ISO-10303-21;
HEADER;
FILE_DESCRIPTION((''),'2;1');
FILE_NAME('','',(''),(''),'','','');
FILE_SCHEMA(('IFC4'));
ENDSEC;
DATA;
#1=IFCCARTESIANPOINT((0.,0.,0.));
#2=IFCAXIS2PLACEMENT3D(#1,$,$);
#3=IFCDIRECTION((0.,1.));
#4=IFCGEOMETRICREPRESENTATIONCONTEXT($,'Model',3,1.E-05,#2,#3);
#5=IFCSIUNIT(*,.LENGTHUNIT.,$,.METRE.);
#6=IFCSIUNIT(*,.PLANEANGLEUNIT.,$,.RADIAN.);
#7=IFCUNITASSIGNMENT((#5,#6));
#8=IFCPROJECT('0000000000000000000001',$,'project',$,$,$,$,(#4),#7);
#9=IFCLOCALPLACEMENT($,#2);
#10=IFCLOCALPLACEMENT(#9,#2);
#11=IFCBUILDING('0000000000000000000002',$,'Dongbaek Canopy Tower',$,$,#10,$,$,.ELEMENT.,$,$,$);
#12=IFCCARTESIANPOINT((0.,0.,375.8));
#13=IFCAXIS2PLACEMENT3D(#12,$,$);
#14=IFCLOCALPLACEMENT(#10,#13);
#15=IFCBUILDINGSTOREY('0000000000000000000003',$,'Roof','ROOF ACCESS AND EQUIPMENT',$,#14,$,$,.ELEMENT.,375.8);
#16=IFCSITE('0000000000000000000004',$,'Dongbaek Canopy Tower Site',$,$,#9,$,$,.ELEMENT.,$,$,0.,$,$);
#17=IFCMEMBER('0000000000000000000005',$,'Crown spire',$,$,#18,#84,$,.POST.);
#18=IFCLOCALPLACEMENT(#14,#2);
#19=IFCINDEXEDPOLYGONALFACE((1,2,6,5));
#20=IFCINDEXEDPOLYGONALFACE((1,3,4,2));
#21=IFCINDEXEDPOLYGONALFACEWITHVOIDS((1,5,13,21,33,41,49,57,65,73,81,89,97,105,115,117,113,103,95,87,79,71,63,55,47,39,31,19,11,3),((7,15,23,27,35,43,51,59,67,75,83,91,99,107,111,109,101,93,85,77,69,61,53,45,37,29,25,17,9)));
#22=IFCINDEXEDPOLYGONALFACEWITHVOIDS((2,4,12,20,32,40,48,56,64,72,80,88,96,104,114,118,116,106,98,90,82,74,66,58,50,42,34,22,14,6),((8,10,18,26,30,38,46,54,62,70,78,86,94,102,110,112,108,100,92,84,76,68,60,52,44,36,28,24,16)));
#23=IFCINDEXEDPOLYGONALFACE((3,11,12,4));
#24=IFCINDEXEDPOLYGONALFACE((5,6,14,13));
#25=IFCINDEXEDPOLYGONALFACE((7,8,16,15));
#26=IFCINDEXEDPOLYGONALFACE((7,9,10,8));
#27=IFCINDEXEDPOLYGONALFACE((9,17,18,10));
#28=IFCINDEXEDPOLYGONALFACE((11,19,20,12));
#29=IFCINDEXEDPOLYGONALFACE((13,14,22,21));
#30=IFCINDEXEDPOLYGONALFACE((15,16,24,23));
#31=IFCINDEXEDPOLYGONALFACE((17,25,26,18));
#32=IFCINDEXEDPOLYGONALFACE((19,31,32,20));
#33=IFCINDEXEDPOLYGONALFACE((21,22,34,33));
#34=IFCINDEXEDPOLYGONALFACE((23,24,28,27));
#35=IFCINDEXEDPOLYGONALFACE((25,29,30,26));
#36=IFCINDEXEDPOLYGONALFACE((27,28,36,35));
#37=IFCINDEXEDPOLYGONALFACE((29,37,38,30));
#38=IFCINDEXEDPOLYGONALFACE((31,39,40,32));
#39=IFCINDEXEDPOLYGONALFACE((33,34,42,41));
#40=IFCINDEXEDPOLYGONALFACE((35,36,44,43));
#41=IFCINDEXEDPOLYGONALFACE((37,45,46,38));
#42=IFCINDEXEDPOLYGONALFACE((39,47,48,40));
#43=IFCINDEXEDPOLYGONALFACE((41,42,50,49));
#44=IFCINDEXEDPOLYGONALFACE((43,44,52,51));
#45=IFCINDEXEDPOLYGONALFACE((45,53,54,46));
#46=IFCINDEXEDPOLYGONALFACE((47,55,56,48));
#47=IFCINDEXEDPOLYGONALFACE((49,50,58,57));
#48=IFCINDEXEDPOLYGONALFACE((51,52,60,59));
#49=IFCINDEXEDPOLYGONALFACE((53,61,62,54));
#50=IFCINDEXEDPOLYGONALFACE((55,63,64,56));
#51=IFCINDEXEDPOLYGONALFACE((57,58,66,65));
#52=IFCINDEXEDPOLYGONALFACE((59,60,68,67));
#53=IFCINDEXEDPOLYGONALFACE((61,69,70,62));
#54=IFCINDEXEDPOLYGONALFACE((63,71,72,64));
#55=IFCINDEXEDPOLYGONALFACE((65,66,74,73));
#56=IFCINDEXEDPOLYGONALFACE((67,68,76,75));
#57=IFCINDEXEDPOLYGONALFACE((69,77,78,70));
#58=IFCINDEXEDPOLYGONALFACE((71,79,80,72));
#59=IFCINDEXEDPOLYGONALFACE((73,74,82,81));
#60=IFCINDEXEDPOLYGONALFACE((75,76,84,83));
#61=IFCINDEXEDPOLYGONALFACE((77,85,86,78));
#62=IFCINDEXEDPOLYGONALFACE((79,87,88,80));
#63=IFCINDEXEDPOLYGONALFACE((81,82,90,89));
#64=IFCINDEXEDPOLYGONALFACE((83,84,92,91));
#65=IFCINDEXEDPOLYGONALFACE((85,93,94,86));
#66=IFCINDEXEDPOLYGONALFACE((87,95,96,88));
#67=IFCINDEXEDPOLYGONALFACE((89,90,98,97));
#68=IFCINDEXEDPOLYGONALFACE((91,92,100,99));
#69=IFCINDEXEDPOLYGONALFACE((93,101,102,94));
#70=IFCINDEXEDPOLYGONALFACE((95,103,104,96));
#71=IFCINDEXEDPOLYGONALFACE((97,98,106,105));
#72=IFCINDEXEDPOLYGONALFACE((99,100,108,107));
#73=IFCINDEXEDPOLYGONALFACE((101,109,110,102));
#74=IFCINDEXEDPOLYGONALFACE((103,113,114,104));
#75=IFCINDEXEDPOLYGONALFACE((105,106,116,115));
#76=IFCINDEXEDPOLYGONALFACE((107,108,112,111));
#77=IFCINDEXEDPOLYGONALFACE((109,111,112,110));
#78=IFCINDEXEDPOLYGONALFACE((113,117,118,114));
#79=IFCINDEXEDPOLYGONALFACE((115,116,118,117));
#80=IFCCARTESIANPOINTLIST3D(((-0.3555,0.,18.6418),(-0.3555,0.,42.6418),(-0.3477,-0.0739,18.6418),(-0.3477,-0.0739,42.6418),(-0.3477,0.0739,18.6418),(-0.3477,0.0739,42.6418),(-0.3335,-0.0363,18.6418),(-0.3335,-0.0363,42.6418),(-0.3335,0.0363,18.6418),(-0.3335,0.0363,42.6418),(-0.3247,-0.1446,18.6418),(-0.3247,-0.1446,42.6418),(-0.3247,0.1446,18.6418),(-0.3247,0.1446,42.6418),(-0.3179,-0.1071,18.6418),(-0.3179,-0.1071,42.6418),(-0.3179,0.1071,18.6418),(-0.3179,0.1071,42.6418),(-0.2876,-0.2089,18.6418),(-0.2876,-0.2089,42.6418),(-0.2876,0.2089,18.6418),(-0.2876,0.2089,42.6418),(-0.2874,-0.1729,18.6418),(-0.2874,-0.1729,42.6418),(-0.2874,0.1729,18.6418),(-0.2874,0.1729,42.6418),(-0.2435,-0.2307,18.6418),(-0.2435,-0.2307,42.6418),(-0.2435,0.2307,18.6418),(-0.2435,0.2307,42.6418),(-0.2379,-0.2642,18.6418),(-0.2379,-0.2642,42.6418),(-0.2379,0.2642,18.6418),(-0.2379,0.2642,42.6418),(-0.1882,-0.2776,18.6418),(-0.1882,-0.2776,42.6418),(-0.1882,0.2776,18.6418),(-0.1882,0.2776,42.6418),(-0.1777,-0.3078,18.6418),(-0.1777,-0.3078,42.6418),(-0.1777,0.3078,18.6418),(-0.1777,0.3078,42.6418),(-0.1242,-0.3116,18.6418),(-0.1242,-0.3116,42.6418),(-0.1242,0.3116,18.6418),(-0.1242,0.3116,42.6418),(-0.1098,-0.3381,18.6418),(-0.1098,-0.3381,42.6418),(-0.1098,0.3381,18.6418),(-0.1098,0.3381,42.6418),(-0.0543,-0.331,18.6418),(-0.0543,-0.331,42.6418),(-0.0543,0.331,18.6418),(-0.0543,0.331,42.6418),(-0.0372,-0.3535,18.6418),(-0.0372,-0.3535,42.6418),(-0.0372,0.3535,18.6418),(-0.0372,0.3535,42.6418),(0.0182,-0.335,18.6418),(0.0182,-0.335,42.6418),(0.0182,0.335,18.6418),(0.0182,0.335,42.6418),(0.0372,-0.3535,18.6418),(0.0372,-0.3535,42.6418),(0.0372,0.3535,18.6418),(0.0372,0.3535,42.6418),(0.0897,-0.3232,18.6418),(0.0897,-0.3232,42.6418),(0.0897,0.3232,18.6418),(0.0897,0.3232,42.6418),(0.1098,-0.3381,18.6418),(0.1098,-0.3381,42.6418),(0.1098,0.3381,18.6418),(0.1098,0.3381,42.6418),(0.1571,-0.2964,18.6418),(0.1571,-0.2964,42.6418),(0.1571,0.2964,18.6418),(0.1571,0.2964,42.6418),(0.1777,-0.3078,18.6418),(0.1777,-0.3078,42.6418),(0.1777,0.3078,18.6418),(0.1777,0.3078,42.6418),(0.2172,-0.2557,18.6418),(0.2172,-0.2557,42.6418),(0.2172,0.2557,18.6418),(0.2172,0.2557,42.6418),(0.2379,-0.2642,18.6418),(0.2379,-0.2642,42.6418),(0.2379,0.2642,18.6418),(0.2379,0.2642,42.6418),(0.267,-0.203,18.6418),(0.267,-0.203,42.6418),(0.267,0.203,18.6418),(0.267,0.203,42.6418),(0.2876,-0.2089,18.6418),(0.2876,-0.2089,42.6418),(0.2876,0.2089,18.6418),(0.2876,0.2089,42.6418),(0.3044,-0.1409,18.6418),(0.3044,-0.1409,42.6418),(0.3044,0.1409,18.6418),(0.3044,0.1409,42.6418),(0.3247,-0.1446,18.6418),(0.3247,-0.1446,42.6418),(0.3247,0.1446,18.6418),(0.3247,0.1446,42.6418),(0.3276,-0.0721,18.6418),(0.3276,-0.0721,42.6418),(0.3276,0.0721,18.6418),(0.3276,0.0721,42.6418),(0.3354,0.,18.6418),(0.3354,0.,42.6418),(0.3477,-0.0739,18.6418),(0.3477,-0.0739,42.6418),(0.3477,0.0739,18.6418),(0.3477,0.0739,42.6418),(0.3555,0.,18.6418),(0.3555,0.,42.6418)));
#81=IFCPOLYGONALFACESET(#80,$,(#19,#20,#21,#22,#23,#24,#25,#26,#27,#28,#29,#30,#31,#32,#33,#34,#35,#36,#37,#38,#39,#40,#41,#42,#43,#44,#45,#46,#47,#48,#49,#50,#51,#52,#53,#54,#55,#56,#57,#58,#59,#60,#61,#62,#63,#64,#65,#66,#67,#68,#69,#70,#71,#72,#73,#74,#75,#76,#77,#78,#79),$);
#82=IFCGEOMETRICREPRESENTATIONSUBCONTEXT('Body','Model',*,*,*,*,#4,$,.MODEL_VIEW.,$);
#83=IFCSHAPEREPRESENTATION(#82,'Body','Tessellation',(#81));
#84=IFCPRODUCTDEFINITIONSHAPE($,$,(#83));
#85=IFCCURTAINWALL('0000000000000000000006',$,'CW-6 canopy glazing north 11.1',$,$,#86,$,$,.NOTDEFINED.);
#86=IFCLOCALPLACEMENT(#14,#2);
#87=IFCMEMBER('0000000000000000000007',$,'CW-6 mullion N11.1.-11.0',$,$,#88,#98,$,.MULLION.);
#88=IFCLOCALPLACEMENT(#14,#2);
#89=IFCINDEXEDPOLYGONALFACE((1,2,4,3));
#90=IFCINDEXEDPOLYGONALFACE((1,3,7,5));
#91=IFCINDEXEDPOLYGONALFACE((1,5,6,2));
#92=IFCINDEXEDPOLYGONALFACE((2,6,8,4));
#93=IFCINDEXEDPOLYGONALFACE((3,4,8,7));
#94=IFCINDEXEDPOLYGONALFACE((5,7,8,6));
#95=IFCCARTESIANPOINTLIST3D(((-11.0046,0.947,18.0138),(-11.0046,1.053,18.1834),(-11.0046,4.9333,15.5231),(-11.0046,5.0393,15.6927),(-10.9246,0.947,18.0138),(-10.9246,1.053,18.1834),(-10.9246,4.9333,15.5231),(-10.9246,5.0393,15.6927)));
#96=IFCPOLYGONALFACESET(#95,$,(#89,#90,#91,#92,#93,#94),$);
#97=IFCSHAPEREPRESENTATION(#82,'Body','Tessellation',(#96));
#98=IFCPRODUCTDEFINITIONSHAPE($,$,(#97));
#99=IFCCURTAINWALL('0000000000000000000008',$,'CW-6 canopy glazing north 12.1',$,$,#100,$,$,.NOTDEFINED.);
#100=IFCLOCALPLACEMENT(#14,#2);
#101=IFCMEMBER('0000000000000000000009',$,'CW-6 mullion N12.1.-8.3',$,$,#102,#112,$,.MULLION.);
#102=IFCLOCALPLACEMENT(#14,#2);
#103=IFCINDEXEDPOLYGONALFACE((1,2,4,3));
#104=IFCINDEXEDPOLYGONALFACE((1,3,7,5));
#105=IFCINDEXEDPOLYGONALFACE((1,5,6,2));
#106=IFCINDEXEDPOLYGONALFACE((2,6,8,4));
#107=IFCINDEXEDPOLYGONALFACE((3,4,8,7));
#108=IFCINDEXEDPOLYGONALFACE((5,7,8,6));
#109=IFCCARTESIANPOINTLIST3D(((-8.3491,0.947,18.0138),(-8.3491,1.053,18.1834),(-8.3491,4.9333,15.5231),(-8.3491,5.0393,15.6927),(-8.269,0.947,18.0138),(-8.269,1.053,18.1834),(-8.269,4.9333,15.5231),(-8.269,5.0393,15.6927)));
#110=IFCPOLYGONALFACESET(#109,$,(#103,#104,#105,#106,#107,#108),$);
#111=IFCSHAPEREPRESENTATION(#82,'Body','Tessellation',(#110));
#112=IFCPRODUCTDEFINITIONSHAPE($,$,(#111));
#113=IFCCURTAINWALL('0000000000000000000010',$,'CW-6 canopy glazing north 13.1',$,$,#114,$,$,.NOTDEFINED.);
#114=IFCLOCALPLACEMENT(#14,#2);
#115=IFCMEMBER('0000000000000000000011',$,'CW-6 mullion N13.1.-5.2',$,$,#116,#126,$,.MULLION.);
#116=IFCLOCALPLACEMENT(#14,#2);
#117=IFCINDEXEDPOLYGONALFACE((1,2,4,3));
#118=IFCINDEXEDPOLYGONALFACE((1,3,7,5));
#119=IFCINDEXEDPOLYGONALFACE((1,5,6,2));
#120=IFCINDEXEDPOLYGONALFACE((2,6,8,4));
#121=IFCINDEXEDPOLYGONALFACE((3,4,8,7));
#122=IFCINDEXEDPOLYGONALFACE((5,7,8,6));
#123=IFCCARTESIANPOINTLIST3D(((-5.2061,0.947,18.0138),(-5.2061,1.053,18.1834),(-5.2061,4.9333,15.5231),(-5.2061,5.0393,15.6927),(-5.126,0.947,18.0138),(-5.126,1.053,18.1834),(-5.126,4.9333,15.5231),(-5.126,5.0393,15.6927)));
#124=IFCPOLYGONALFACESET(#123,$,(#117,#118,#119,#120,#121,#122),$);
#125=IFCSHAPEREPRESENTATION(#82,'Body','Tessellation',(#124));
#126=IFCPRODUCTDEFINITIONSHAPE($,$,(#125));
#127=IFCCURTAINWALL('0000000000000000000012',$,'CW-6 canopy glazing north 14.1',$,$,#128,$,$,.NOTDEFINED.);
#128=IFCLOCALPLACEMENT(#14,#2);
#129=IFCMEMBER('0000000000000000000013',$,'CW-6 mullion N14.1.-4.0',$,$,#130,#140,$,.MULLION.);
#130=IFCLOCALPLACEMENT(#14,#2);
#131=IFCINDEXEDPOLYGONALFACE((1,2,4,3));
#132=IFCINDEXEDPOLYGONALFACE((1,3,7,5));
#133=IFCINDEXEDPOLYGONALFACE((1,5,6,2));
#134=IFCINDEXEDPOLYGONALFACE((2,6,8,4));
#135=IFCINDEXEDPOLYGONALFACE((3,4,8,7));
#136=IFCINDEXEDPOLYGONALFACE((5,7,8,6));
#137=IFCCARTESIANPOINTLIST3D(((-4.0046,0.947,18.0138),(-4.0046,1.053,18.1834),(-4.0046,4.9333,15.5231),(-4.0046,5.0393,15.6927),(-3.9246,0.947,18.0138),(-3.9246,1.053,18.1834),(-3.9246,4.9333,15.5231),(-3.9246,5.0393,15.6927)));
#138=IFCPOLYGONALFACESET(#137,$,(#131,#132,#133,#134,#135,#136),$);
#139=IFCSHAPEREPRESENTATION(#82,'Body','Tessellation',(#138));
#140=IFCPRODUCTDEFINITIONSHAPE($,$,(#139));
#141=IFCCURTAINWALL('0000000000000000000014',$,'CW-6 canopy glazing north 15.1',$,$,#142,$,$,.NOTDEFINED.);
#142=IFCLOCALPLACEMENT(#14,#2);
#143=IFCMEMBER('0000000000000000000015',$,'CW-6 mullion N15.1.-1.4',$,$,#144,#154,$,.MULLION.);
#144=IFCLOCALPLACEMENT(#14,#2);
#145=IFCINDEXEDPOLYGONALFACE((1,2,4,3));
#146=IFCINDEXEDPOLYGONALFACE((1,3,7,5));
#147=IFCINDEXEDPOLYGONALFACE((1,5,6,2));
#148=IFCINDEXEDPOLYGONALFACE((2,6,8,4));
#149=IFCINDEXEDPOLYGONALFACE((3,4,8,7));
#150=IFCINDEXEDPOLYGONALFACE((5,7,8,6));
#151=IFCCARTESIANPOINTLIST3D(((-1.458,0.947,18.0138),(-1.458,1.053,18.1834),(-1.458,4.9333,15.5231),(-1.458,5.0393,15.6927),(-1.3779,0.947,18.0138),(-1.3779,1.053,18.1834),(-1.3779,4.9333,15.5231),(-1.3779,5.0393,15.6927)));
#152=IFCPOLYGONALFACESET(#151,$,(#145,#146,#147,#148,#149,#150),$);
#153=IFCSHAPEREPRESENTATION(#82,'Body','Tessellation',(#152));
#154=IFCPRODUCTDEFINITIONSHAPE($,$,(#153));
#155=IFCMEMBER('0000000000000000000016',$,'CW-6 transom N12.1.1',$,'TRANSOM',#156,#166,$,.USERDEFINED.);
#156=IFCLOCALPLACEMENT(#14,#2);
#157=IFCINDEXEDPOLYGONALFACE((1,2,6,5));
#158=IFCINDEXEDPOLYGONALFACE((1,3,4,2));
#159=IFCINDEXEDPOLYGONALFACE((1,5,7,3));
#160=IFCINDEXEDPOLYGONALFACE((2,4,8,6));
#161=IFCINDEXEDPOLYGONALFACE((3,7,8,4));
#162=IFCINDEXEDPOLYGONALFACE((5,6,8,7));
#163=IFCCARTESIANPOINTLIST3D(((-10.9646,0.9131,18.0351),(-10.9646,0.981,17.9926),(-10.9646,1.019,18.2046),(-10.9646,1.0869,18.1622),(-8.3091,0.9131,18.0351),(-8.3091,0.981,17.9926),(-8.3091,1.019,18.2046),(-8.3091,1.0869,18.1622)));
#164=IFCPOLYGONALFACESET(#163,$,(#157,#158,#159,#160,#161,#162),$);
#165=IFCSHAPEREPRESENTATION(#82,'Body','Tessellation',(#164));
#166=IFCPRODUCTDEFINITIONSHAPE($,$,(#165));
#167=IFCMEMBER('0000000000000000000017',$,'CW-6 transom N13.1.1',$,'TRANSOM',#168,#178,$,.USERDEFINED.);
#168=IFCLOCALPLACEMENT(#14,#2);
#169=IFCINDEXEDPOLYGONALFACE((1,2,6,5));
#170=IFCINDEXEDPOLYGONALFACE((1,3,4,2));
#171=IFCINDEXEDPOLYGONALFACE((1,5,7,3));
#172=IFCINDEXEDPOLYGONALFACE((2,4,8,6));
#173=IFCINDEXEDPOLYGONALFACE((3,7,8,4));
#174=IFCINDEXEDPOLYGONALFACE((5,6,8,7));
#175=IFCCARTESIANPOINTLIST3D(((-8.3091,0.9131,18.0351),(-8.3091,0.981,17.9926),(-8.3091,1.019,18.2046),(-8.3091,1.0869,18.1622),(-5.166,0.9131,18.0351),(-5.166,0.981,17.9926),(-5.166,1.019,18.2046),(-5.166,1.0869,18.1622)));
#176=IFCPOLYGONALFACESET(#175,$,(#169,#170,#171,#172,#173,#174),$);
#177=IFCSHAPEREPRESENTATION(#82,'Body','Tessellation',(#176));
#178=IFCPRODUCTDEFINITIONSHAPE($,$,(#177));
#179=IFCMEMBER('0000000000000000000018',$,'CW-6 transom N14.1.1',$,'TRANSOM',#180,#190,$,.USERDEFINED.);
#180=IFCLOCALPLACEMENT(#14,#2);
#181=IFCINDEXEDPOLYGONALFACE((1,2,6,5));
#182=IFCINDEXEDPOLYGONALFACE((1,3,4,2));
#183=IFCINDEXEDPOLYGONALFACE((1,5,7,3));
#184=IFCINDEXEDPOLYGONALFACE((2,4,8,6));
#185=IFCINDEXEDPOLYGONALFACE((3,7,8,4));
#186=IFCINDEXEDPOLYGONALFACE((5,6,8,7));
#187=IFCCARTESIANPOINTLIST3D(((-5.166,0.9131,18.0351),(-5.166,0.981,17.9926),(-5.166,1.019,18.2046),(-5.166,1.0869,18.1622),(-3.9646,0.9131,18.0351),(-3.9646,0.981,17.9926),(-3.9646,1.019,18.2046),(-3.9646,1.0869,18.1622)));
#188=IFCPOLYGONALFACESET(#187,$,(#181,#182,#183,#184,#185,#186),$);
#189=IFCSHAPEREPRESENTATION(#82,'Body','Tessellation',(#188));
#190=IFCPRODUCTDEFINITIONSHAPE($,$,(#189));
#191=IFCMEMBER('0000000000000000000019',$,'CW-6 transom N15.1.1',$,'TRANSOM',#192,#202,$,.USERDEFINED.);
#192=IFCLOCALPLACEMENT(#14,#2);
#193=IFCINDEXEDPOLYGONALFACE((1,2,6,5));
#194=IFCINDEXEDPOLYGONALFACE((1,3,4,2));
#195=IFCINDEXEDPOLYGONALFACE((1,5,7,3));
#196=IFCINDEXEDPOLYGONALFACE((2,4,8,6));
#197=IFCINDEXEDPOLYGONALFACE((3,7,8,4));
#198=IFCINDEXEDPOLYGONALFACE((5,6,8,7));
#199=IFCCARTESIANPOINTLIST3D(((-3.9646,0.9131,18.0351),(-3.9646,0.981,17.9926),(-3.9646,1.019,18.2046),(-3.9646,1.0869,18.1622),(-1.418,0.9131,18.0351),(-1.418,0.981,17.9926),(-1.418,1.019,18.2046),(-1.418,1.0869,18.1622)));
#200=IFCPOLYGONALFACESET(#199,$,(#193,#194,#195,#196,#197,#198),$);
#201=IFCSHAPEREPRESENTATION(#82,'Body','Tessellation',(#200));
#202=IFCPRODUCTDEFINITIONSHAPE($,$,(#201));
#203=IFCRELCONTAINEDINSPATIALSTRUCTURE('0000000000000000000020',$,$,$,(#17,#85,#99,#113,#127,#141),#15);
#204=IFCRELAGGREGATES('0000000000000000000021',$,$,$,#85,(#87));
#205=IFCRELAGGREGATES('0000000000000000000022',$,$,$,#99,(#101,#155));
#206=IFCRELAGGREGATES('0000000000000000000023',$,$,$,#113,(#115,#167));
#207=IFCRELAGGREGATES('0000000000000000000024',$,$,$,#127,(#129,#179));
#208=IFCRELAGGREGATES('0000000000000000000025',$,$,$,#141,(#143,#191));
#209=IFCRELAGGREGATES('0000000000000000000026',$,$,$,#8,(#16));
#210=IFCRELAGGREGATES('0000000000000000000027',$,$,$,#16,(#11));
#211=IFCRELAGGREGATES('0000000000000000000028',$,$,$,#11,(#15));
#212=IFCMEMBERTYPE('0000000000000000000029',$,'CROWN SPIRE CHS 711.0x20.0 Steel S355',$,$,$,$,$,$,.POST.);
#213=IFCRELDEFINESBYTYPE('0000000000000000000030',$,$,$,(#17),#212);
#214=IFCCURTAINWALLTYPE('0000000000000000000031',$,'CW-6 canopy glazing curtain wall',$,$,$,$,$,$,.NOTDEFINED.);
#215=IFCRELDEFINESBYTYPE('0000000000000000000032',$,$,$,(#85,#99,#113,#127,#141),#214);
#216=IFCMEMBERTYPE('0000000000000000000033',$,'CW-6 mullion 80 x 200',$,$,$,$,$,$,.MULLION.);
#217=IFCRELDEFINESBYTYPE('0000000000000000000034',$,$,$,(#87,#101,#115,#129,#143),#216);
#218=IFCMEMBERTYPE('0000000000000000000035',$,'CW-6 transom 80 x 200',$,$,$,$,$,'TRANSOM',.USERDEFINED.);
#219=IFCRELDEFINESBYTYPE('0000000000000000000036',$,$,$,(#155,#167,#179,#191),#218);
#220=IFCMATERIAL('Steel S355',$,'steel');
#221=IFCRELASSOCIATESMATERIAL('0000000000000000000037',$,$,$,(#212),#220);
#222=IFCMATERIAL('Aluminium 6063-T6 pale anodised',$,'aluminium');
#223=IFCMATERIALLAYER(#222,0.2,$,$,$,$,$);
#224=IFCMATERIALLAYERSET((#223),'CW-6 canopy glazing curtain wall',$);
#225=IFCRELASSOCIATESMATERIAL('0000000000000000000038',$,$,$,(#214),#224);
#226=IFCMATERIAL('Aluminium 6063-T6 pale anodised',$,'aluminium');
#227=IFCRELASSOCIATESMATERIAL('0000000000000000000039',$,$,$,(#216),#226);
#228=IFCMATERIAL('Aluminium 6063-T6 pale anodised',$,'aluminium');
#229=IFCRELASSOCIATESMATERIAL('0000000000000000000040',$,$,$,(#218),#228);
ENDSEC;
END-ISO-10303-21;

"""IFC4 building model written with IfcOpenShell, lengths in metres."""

from ifc_helpers import new_model, si_unit, direction, frame, origin, origin_2d, place, context, subcontext, project, spatial, rectangle, hollow_circle, extrude, material, layer, layer_set, material_profile, profile_set, type_object, element, aggregate, save


model = new_model("IFC4")

# Units and contexts
model_context = context("Model", 3, precision=1e-05, world=origin(), true_north=direction((0.0, 1.0)))
body_context = subcontext(model_context, "Body", "Model", "MODEL_VIEW")
ifc_project = project(units=[si_unit("LENGTHUNIT", "METRE"), si_unit("PLANEANGLEUNIT", "RADIAN")], contexts=[model_context])

# Site, building, storey
site_placement = place(None, origin())
site = spatial("IfcSite", under=ifc_project, at=site_placement, Name="Dongbaek Canopy Tower Site", CompositionType="ELEMENT", RefElevation=0.0)
building_placement = place(site_placement, origin())
building = spatial("IfcBuilding", under=site, at=building_placement, Name="Dongbaek Canopy Tower", CompositionType="ELEMENT")
storey_placement = place(building_placement, frame((0.0, 0.0, 375.8)))
storey = spatial("IfcBuildingStorey", under=building, at=storey_placement, Name="Roof", Description="ROOF ACCESS AND EQUIPMENT", CompositionType="ELEMENT", Elevation=375.8)

# Member
ifc_material_1 = material(Name="Steel S355", Category="steel")
ifc_material_profile_1 = material_profile(ifc_material_1, hollow_circle(Radius=0.3555, WallThickness=0.02, at=origin_2d()), Name="CROWN SPIRE CHS 711.0x20.0 Steel S355")
ifc_profile_set_1 = profile_set([ifc_material_profile_1], Name="Steel S355")
member_type_1 = type_object("IfcMemberType", Name="CROWN SPIRE CHS 711.0x20.0 Steel S355", PredefinedType="POST", material=ifc_profile_set_1)
member_1_placement = place(storey_placement, frame((0.0, 0.0, 18.6418), z_axis=(0.0, 0.0, 1.0), x_axis=(1.0, 0.0, 0.0)))
element("IfcMember", 1, at=member_1_placement, inside=storey, type_object=member_type_1, Name="Crown spire", PredefinedType="POST", context=body_context, shape_type="SweptSolid", body=[
    extrude(hollow_circle(Radius=0.3555, WallThickness=0.02, at=origin_2d()), origin(), (0.0, 0.0, 1.0), 24.0),
])

# Curtain walls, members
ifc_material_2 = material(Name="Aluminium 6063-T6 pale anodised", Category="aluminium")
ifc_layer_1 = layer(ifc_material_2, 0.2)
ifc_layer_set_1 = layer_set([ifc_layer_1], Name="CW-6 canopy glazing curtain wall")
curtain_wall_type = type_object("IfcCurtainWallType", Name="CW-6 canopy glazing curtain wall", PredefinedType="NOTDEFINED", material=ifc_layer_set_1)
curtain_wall_1_placement = place(storey_placement, origin())
curtain_wall_1 = element("IfcCurtainWall", 2, at=curtain_wall_1_placement, inside=storey, type_object=curtain_wall_type, Name="CW-6 canopy glazing north 11.1", PredefinedType="NOTDEFINED")
ifc_material_3 = material(Name="Aluminium 6063-T6 pale anodised", Category="aluminium")
ifc_material_profile_2 = material_profile(ifc_material_3, rectangle(XDim=0.0801, YDim=0.2, at=origin_2d()), Name="CW-6 mullion 80 x 200")
ifc_profile_set_2 = profile_set([ifc_material_profile_2], Name="Aluminium 6063-T6 pale anodised")
member_type_2 = type_object("IfcMemberType", Name="CW-6 mullion 80 x 200", PredefinedType="MULLION", material=ifc_profile_set_2)
member_2_placement = place(storey_placement, frame((-10.9646, 1.0, 18.0986), z_axis=(0.0, 0.848068, -0.529887), x_axis=(-1.0, 0.0, 0.0)))
member_2 = element("IfcMember", 3, at=member_2_placement, type_object=member_type_2, Name="CW-6 mullion N11.1.-11.0", PredefinedType="MULLION", context=body_context, shape_type="SweptSolid", body=[
    extrude(rectangle(XDim=0.0801, YDim=0.2, at=origin_2d()), origin(), (0.0, 0.0, 1.0), 4.7004),
])
aggregate(curtain_wall_1, [member_2])
curtain_wall_2_placement = place(storey_placement, origin())
curtain_wall_2 = element("IfcCurtainWall", 4, at=curtain_wall_2_placement, inside=storey, type_object=curtain_wall_type, Name="CW-6 canopy glazing north 12.1", PredefinedType="NOTDEFINED")
member_3_placement = place(storey_placement, frame((-8.3091, 1.0, 18.0986), z_axis=(0.0, 0.848068, -0.529887), x_axis=(-1.0, 0.0, 0.0)))
member_3 = element("IfcMember", 5, at=member_3_placement, type_object=member_type_2, Name="CW-6 mullion N12.1.-8.3", PredefinedType="MULLION", context=body_context, shape_type="SweptSolid", body=[
    extrude(rectangle(XDim=0.0801, YDim=0.2, at=origin_2d()), origin(), (0.0, 0.0, 1.0), 4.7004),
])
curtain_wall_3_placement = place(storey_placement, origin())
curtain_wall_3 = element("IfcCurtainWall", 6, at=curtain_wall_3_placement, inside=storey, type_object=curtain_wall_type, Name="CW-6 canopy glazing north 13.1", PredefinedType="NOTDEFINED")
member_4_placement = place(storey_placement, frame((-5.166, 1.0, 18.0986), z_axis=(0.0, 0.848068, -0.529887), x_axis=(-1.0, 0.0, 0.0)))
member_4 = element("IfcMember", 7, at=member_4_placement, type_object=member_type_2, Name="CW-6 mullion N13.1.-5.2", PredefinedType="MULLION", context=body_context, shape_type="SweptSolid", body=[
    extrude(rectangle(XDim=0.0801, YDim=0.2, at=origin_2d()), origin(), (0.0, 0.0, 1.0), 4.7004),
])
curtain_wall_4_placement = place(storey_placement, origin())
curtain_wall_4 = element("IfcCurtainWall", 8, at=curtain_wall_4_placement, inside=storey, type_object=curtain_wall_type, Name="CW-6 canopy glazing north 14.1", PredefinedType="NOTDEFINED")
member_5_placement = place(storey_placement, frame((-3.9646, 1.0, 18.0986), z_axis=(0.0, 0.848068, -0.529887), x_axis=(-1.0, 0.0, 0.0)))
member_5 = element("IfcMember", 9, at=member_5_placement, type_object=member_type_2, Name="CW-6 mullion N14.1.-4.0", PredefinedType="MULLION", context=body_context, shape_type="SweptSolid", body=[
    extrude(rectangle(XDim=0.0801, YDim=0.2, at=origin_2d()), origin(), (0.0, 0.0, 1.0), 4.7004),
])
curtain_wall_5_placement = place(storey_placement, origin())
curtain_wall_5 = element("IfcCurtainWall", 10, at=curtain_wall_5_placement, inside=storey, type_object=curtain_wall_type, Name="CW-6 canopy glazing north 15.1", PredefinedType="NOTDEFINED")
member_6_placement = place(storey_placement, frame((-1.418, 1.0, 18.0986), z_axis=(0.0, 0.848068, -0.529887), x_axis=(-1.0, 0.0, 0.0)))
member_6 = element("IfcMember", 11, at=member_6_placement, type_object=member_type_2, Name="CW-6 mullion N15.1.-1.4", PredefinedType="MULLION", context=body_context, shape_type="SweptSolid", body=[
    extrude(rectangle(XDim=0.0801, YDim=0.2, at=origin_2d()), origin(), (0.0, 0.0, 1.0), 4.7004),
])

# Members
ifc_material_4 = material(Name="Aluminium 6063-T6 pale anodised", Category="aluminium")
ifc_material_profile_3 = material_profile(ifc_material_4, rectangle(XDim=0.0801, YDim=0.2, at=origin_2d()), Name="CW-6 transom 80 x 200")
ifc_profile_set_3 = profile_set([ifc_material_profile_3], Name="Aluminium 6063-T6 pale anodised")
member_type_3 = type_object("IfcMemberType", Name="CW-6 transom 80 x 200", ElementType="TRANSOM", PredefinedType="USERDEFINED", material=ifc_profile_set_3)
member_7_placement = place(storey_placement, frame((-10.9646, 1.0, 18.0986), z_axis=(1.0, 0.0, 0.0), x_axis=(0.0, 0.848048, -0.529919)))
member_7 = element("IfcMember", 12, at=member_7_placement, type_object=member_type_3, Name="CW-6 transom N12.1.1", ObjectType="TRANSOM", PredefinedType="USERDEFINED", context=body_context, shape_type="SweptSolid", body=[
    extrude(rectangle(XDim=0.0801, YDim=0.2, at=origin_2d()), origin(), (0.0, 0.0, 1.0), 2.6555),
])
aggregate(curtain_wall_2, [member_3, member_7])
member_8_placement = place(storey_placement, frame((-8.3091, 1.0, 18.0986), z_axis=(1.0, 0.0, 0.0), x_axis=(0.0, 0.848048, -0.529919)))
member_8 = element("IfcMember", 13, at=member_8_placement, type_object=member_type_3, Name="CW-6 transom N13.1.1", ObjectType="TRANSOM", PredefinedType="USERDEFINED", context=body_context, shape_type="SweptSolid", body=[
    extrude(rectangle(XDim=0.0801, YDim=0.2, at=origin_2d()), origin(), (0.0, 0.0, 1.0), 3.1431),
])
aggregate(curtain_wall_3, [member_4, member_8])
member_9_placement = place(storey_placement, frame((-5.166, 1.0, 18.0986), z_axis=(1.0, 0.0, 0.0), x_axis=(0.0, 0.848048, -0.529919)))
member_9 = element("IfcMember", 14, at=member_9_placement, type_object=member_type_3, Name="CW-6 transom N14.1.1", ObjectType="TRANSOM", PredefinedType="USERDEFINED", context=body_context, shape_type="SweptSolid", body=[
    extrude(rectangle(XDim=0.0801, YDim=0.2, at=origin_2d()), origin(), (0.0, 0.0, 1.0), 1.2014),
])
aggregate(curtain_wall_4, [member_5, member_9])
member_10_placement = place(storey_placement, frame((-3.9646, 1.0, 18.0986), z_axis=(1.0, 0.0, 0.0), x_axis=(0.0, 0.848048, -0.529919)))
member_10 = element("IfcMember", 15, at=member_10_placement, type_object=member_type_3, Name="CW-6 transom N15.1.1", ObjectType="TRANSOM", PredefinedType="USERDEFINED", context=body_context, shape_type="SweptSolid", body=[
    extrude(rectangle(XDim=0.0801, YDim=0.2, at=origin_2d()), origin(), (0.0, 0.0, 1.0), 2.5466),
])
aggregate(curtain_wall_5, [member_6, member_10])

save(model, "model.ifc")
